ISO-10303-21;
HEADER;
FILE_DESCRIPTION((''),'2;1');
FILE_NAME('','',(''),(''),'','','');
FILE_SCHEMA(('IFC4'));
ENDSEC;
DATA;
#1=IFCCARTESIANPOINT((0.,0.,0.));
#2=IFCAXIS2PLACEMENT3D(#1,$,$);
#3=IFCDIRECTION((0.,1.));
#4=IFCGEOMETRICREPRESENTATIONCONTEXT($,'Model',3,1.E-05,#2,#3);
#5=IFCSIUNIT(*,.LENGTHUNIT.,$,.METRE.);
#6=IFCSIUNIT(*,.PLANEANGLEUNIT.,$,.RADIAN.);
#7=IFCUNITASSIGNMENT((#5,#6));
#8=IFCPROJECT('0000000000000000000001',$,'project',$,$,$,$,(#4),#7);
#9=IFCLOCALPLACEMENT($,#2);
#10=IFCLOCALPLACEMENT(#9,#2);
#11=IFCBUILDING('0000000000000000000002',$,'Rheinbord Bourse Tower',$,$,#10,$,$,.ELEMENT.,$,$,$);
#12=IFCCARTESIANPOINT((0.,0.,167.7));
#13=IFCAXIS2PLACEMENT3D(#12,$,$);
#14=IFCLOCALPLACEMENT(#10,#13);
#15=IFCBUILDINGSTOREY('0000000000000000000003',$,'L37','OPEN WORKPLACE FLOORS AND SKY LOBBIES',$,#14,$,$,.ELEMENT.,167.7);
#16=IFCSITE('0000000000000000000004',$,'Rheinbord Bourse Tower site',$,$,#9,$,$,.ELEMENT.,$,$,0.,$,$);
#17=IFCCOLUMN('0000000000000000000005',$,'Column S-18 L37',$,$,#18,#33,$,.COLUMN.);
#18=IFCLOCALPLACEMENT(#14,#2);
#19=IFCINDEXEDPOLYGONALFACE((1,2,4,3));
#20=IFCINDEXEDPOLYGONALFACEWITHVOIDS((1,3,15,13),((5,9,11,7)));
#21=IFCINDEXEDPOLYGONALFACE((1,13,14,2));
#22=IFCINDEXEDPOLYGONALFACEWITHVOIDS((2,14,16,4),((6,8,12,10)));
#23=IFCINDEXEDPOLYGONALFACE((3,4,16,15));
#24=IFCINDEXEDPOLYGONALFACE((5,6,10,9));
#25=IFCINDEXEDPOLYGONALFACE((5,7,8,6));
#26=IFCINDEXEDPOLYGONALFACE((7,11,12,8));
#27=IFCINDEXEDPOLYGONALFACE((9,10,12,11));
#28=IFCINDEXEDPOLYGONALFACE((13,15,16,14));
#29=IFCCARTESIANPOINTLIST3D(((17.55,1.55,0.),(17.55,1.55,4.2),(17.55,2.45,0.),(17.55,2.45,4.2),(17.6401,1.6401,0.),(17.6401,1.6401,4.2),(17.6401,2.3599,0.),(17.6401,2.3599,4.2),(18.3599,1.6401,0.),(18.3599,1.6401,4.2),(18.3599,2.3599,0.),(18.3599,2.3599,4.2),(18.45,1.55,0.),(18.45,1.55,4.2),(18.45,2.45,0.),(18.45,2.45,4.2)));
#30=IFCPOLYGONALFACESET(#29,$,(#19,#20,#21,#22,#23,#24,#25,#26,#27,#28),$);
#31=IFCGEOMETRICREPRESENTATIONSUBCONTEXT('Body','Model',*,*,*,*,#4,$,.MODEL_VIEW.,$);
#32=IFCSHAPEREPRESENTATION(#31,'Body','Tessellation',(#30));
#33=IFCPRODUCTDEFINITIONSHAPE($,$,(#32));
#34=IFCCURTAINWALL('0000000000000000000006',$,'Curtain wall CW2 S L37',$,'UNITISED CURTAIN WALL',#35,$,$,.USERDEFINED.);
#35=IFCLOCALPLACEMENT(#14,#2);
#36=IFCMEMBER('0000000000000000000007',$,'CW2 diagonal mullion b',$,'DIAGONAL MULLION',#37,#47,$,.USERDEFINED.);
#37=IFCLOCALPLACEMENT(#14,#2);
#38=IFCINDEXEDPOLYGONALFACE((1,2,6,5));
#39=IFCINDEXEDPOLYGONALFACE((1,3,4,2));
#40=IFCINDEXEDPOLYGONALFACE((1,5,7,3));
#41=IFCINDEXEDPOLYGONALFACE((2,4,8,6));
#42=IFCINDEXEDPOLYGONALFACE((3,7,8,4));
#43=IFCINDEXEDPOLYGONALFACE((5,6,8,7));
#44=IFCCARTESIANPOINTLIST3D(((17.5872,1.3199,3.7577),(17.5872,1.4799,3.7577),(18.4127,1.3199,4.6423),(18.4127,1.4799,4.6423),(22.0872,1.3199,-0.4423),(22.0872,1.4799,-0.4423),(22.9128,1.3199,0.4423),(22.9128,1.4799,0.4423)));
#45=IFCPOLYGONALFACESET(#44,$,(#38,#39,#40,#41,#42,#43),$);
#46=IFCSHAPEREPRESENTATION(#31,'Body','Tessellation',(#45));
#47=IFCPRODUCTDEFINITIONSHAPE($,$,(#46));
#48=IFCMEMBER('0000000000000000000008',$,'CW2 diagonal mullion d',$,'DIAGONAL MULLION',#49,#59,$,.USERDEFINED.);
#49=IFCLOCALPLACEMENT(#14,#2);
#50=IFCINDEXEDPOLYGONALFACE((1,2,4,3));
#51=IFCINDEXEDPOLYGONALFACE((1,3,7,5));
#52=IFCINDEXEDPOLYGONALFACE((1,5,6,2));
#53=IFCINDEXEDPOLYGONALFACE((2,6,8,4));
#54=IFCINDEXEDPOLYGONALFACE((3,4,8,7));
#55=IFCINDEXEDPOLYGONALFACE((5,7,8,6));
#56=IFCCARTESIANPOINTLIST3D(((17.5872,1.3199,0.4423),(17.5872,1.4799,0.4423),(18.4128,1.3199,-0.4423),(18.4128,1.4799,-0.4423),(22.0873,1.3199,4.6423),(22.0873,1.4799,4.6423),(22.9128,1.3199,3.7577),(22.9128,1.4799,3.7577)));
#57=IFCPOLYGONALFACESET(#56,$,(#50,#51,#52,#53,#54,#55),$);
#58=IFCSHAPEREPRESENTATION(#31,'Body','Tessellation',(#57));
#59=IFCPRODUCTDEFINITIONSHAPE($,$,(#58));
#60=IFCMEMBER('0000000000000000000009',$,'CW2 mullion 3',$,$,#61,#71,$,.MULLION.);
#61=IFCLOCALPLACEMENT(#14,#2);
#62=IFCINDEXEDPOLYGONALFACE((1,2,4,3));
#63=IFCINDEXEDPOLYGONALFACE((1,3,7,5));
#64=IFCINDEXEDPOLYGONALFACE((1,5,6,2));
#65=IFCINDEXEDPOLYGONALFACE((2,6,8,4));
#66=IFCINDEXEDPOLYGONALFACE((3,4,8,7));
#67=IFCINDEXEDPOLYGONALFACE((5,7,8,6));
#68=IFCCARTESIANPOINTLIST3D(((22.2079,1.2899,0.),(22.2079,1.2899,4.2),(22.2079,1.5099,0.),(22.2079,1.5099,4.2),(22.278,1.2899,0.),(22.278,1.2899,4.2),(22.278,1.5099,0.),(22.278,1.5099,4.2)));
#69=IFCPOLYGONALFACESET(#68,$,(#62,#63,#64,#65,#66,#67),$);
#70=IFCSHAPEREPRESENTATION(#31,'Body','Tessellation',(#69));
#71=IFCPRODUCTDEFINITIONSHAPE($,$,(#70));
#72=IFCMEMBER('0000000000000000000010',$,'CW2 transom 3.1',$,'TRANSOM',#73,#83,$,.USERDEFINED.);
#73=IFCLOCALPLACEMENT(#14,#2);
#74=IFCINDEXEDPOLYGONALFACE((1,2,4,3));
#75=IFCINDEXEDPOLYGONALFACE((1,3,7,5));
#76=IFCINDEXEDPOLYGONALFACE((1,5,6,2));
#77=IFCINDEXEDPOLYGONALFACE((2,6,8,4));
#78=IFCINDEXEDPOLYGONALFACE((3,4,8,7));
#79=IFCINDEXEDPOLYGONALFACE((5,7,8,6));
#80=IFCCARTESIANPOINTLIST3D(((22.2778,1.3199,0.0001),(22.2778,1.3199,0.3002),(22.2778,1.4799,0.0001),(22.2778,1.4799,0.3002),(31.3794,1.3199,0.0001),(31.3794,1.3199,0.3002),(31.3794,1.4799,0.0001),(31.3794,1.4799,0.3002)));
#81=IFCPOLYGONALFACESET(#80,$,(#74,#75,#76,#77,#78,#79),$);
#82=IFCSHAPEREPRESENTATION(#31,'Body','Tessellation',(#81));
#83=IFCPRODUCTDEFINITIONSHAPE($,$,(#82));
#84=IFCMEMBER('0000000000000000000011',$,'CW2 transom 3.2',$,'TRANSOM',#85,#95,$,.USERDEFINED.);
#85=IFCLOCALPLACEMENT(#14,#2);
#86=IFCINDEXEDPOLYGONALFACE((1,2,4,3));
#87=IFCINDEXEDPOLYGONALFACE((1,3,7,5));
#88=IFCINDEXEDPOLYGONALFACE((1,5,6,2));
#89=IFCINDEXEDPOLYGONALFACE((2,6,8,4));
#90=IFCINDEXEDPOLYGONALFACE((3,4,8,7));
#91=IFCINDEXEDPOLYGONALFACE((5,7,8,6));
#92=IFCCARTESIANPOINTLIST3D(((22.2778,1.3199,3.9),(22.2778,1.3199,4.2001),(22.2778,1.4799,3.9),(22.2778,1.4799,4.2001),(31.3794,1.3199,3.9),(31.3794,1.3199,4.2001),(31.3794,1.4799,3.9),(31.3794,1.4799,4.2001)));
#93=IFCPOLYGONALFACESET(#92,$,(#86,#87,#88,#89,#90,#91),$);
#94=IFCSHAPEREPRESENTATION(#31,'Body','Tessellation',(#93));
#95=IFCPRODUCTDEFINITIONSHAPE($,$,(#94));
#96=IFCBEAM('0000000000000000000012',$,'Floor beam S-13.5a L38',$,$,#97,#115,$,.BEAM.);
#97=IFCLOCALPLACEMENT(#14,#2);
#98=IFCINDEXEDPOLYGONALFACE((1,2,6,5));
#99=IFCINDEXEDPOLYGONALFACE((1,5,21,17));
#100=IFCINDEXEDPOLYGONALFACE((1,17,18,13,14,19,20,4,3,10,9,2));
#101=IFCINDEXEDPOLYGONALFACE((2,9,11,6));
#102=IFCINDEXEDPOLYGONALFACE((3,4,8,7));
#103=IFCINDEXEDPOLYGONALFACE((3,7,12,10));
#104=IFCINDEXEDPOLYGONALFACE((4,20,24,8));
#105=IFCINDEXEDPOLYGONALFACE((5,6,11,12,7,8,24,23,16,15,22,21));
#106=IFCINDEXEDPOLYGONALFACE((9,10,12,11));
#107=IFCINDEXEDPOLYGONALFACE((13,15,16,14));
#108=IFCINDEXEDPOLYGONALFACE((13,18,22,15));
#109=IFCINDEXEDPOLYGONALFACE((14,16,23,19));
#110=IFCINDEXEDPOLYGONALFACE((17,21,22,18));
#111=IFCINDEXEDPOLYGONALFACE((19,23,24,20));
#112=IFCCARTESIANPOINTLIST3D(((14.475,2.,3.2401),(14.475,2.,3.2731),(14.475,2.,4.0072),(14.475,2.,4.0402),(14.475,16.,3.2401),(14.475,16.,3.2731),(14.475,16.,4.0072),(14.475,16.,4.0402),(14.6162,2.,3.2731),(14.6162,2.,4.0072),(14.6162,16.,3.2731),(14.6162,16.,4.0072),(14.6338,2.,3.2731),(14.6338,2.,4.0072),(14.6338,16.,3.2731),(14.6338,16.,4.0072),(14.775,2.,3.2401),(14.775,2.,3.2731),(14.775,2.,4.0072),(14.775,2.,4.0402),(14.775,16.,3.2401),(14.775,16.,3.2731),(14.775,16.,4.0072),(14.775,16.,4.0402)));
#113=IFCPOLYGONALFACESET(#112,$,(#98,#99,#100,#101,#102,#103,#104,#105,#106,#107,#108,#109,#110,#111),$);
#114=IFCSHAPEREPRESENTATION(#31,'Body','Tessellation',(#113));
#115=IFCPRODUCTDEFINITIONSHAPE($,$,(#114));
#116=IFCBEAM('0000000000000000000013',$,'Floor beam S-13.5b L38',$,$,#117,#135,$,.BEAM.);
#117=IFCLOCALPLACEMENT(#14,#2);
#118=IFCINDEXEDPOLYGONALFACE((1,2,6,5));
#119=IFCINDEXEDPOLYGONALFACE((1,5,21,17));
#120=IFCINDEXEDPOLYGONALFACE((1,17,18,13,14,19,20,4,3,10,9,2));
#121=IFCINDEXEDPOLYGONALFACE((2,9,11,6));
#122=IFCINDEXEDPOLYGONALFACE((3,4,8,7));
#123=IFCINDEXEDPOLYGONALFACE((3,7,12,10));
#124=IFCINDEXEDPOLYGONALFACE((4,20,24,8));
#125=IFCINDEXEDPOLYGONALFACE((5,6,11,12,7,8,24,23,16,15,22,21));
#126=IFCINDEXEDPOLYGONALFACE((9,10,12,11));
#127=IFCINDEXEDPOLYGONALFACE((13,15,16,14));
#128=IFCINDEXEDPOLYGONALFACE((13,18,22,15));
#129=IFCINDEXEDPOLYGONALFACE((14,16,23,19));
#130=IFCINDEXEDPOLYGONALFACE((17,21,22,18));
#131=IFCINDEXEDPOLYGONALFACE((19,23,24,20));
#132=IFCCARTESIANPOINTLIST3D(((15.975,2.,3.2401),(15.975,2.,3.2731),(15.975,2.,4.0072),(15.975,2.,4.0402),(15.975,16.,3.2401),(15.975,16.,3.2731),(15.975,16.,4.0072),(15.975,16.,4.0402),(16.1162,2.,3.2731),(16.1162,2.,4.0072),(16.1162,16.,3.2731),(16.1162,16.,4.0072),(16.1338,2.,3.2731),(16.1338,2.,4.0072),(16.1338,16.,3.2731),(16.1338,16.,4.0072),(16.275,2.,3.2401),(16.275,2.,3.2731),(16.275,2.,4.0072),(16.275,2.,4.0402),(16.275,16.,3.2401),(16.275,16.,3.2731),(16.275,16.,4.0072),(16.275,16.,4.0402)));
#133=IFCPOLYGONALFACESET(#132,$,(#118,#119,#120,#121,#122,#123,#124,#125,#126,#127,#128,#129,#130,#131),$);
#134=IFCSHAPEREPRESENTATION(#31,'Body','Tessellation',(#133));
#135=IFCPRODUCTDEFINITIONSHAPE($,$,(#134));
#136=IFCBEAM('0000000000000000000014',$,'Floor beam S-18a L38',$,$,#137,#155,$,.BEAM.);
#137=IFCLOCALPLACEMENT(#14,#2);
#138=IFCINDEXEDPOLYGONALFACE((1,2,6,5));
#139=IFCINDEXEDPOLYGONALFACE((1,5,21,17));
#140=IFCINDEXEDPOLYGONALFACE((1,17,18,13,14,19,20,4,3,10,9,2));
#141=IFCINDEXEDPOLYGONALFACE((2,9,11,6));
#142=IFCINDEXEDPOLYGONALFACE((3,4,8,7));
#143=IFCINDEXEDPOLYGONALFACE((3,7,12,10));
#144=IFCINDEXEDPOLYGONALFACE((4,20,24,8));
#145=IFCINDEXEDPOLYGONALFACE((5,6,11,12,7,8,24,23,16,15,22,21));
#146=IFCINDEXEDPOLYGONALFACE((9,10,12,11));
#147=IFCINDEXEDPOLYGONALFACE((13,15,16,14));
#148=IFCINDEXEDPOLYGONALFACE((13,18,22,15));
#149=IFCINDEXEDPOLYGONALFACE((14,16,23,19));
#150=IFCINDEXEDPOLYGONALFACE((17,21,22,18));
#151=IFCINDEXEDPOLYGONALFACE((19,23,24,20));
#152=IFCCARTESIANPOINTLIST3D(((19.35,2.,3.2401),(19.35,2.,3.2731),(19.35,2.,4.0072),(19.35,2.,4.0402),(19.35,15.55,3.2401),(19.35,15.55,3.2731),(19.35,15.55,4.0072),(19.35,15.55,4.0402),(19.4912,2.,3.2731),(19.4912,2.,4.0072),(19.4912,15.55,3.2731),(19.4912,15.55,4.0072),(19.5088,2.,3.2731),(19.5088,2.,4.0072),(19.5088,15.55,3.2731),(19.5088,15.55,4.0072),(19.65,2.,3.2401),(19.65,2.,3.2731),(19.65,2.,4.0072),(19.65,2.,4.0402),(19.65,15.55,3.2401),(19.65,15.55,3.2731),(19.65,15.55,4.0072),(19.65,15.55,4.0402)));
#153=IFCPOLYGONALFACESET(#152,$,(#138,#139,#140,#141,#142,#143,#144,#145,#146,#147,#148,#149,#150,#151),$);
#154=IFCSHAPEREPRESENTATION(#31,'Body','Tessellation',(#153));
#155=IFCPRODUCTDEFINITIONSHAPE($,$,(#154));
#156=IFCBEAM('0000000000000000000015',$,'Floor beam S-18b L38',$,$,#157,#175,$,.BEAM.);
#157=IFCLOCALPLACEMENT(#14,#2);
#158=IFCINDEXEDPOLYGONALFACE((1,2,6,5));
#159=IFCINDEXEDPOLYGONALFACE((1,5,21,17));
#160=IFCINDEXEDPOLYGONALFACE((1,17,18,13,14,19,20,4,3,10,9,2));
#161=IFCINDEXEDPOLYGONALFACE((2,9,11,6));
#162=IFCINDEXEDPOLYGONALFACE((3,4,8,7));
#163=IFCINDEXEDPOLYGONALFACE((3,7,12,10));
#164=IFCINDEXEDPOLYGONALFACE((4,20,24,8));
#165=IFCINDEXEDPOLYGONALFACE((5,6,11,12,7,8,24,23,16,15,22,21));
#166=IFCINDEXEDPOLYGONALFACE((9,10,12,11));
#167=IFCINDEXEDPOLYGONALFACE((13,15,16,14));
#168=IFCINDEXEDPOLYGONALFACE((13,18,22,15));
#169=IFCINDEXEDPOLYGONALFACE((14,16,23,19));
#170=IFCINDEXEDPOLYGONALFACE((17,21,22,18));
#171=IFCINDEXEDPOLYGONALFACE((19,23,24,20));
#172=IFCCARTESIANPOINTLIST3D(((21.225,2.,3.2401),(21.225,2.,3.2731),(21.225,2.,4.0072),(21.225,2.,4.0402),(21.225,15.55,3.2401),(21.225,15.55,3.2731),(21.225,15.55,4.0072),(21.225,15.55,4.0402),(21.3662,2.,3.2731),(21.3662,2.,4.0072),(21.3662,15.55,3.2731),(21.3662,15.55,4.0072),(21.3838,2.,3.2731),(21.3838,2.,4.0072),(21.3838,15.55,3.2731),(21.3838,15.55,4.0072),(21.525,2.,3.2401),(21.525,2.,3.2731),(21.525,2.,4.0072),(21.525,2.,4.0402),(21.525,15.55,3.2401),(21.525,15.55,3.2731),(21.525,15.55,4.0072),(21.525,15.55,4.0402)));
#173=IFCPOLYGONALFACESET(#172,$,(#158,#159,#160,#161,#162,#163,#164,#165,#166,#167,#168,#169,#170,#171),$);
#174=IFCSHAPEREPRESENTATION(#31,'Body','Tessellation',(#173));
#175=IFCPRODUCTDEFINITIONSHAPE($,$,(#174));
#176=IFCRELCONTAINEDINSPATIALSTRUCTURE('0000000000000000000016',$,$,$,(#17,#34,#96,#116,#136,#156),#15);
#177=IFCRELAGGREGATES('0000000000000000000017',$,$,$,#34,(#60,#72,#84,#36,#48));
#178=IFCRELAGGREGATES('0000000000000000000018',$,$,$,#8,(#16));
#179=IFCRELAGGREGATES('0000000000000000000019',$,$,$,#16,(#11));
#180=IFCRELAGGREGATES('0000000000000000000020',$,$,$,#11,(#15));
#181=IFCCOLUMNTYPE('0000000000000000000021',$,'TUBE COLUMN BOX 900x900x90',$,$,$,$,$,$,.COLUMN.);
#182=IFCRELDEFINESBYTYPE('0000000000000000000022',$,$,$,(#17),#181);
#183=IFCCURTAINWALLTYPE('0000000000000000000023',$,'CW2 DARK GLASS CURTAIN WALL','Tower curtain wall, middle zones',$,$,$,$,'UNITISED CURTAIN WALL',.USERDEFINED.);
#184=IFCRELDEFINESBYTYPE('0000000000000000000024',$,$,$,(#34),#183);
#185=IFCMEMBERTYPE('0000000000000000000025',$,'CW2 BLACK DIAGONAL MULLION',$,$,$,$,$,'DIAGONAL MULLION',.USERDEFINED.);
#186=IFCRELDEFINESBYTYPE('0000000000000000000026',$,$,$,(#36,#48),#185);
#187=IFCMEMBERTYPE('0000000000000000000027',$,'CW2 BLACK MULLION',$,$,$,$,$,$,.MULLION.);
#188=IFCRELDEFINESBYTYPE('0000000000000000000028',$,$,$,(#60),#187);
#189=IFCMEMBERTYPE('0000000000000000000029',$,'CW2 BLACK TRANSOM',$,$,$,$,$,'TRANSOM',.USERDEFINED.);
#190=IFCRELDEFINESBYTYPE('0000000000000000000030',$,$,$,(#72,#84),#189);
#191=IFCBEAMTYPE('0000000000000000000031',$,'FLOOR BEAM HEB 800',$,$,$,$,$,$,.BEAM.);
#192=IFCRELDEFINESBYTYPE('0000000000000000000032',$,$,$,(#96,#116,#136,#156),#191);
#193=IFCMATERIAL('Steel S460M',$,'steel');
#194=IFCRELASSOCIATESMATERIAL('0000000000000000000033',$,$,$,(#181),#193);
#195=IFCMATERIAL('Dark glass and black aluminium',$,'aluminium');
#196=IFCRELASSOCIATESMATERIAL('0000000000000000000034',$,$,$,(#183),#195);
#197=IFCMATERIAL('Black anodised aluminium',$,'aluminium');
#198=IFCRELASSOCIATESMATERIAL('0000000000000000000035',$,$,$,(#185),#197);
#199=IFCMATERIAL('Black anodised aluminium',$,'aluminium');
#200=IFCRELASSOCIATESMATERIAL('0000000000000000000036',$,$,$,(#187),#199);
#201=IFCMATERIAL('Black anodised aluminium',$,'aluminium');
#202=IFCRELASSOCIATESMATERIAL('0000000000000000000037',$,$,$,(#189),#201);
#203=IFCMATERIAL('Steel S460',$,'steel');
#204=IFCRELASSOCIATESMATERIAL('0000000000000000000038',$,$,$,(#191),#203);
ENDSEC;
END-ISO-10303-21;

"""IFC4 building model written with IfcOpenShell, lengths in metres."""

from ifc_helpers import new_model, si_unit, direction, frame, origin, origin_2d, place, context, subcontext, project, spatial, rectangle, hollow_rectangle, i_section, extrude, material, material_profile, profile_set, type_object, element, aggregate, save


model = new_model("IFC4")

# Units and contexts
model_context = context("Model", 3, precision=1e-05, world=origin(), true_north=direction((0.0, 1.0)))
body_context = subcontext(model_context, "Body", "Model", "MODEL_VIEW")
ifc_project = project(units=[si_unit("LENGTHUNIT", "METRE"), si_unit("PLANEANGLEUNIT", "RADIAN")], contexts=[model_context])

# Site, building, storey
site_placement = place(None, origin())
site = spatial("IfcSite", under=ifc_project, at=site_placement, Name="Rheinbord Bourse Tower site", CompositionType="ELEMENT", RefElevation=0.0)
building_placement = place(site_placement, origin())
building = spatial("IfcBuilding", under=site, at=building_placement, Name="Rheinbord Bourse Tower", CompositionType="ELEMENT")
storey_placement = place(building_placement, frame((0.0, 0.0, 167.7)))
storey = spatial("IfcBuildingStorey", under=building, at=storey_placement, Name="L37", Description="OPEN WORKPLACE FLOORS AND SKY LOBBIES", CompositionType="ELEMENT", Elevation=167.7)

# Column
ifc_material_1 = material(Name="Steel S460M", Category="steel")
ifc_material_profile_1 = material_profile(ifc_material_1, hollow_rectangle(XDim=0.8999, YDim=0.8999, WallThickness=0.0901, at=origin_2d()), Name="BOX 900x900x90")
ifc_profile_set_1 = profile_set([ifc_material_profile_1], Name="Steel S460M")
column_type = type_object("IfcColumnType", Name="TUBE COLUMN BOX 900x900x90", PredefinedType="COLUMN", material=ifc_profile_set_1)
column_placement = place(storey_placement, frame((18.0, 2.0, 0.0), z_axis=(0.0, 0.0, 1.0), x_axis=(0.0, 1.0, 0.0)))
element("IfcColumn", 1, at=column_placement, inside=storey, type_object=column_type, Name="Column S-18 L37", PredefinedType="COLUMN", context=body_context, shape_type="SweptSolid", body=[
    extrude(hollow_rectangle(XDim=0.8999, YDim=0.8999, WallThickness=0.0901, at=origin_2d()), origin(), (0.0, 0.0, 1.0), 4.2),
])

# Curtain wall, members
ifc_material_2 = material(Name="Dark glass and black aluminium", Category="aluminium")
curtain_wall_type = type_object("IfcCurtainWallType", Name="CW2 DARK GLASS CURTAIN WALL", Description="Tower curtain wall, middle zones", ElementType="UNITISED CURTAIN WALL", PredefinedType="USERDEFINED", material=ifc_material_2)
curtain_wall_placement = place(storey_placement, origin())
curtain_wall = element("IfcCurtainWall", 2, at=curtain_wall_placement, inside=storey, type_object=curtain_wall_type, Name="Curtain wall CW2 S L37", ObjectType="UNITISED CURTAIN WALL", PredefinedType="USERDEFINED")
ifc_material_3 = material(Name="Black anodised aluminium", Category="aluminium")
ifc_material_profile_2 = material_profile(ifc_material_3, rectangle(XDim=0.1599, YDim=1.21, at=origin_2d()), Name="CW2 DIAGONAL MULLION 1210x160")
ifc_profile_set_2 = profile_set([ifc_material_profile_2], Name="Black anodised aluminium")
member_type_1 = type_object("IfcMemberType", Name="CW2 BLACK DIAGONAL MULLION", ElementType="DIAGONAL MULLION", PredefinedType="USERDEFINED", material=ifc_profile_set_2)
member_1_placement = place(storey_placement, frame((22.5, 1.3999, 0.0), z_axis=(-0.731059, 0.0, 0.682314), x_axis=(0.0, -1.0, 0.0)))
member_1 = element("IfcMember", 3, at=member_1_placement, type_object=member_type_1, Name="CW2 diagonal mullion b", ObjectType="DIAGONAL MULLION", PredefinedType="USERDEFINED", context=body_context, shape_type="SweptSolid", body=[
    extrude(rectangle(XDim=0.1599, YDim=1.21, at=origin_2d()), origin(), (0.0, 0.0, 1.0), 6.1555),
])
member_2_placement = place(storey_placement, frame((18.0, 1.3999, 0.0), z_axis=(0.731059, 0.0, 0.682314), x_axis=(0.0, 1.0, 0.0)))
member_2 = element("IfcMember", 4, at=member_2_placement, type_object=member_type_1, Name="CW2 diagonal mullion d", ObjectType="DIAGONAL MULLION", PredefinedType="USERDEFINED", context=body_context, shape_type="SweptSolid", body=[
    extrude(rectangle(XDim=0.1599, YDim=1.21, at=origin_2d()), origin(), (0.0, 0.0, 1.0), 6.1555),
])
ifc_material_4 = material(Name="Black anodised aluminium", Category="aluminium")
ifc_material_profile_3 = material_profile(ifc_material_4, rectangle(XDim=0.22, YDim=0.0701, at=origin_2d()), Name="CW2 MULLION 70x220")
ifc_profile_set_3 = profile_set([ifc_material_profile_3], Name="Black anodised aluminium")
member_type_2 = type_object("IfcMemberType", Name="CW2 BLACK MULLION", PredefinedType="MULLION", material=ifc_profile_set_3)
member_3_placement = place(storey_placement, frame((22.2429, 1.3999, 0.0), z_axis=(0.0, 0.0, 1.0), x_axis=(0.0, 1.0, 0.0)))
member_3 = element("IfcMember", 5, at=member_3_placement, type_object=member_type_2, Name="CW2 mullion 3", PredefinedType="MULLION", context=body_context, shape_type="SweptSolid", body=[
    extrude(rectangle(XDim=0.22, YDim=0.0701, at=origin_2d()), origin(), (0.0, 0.0, 1.0), 4.2),
])
ifc_material_5 = material(Name="Black anodised aluminium", Category="aluminium")
ifc_material_profile_4 = material_profile(ifc_material_5, rectangle(XDim=0.1599, YDim=0.3, at=origin_2d()), Name="CW2 TRANSOM 300x160")
ifc_profile_set_4 = profile_set([ifc_material_profile_4], Name="Black anodised aluminium")
member_type_3 = type_object("IfcMemberType", Name="CW2 BLACK TRANSOM", ElementType="TRANSOM", PredefinedType="USERDEFINED", material=ifc_profile_set_4)
member_4_placement = place(storey_placement, frame((22.2778, 1.3999, 0.1501), z_axis=(1.0, 0.0, 0.0), x_axis=(0.0, 1.0, 0.0)))
member_4 = element("IfcMember", 6, at=member_4_placement, type_object=member_type_3, Name="CW2 transom 3.1", ObjectType="TRANSOM", PredefinedType="USERDEFINED", context=body_context, shape_type="SweptSolid", body=[
    extrude(rectangle(XDim=0.1599, YDim=0.3, at=origin_2d()), origin(), (0.0, 0.0, 1.0), 9.1016),
])
member_5_placement = place(storey_placement, frame((22.2778, 1.3999, 4.05), z_axis=(1.0, 0.0, 0.0), x_axis=(0.0, 1.0, 0.0)))
member_5 = element("IfcMember", 7, at=member_5_placement, type_object=member_type_3, Name="CW2 transom 3.2", ObjectType="TRANSOM", PredefinedType="USERDEFINED", context=body_context, shape_type="SweptSolid", body=[
    extrude(rectangle(XDim=0.1599, YDim=0.3, at=origin_2d()), origin(), (0.0, 0.0, 1.0), 9.1016),
])

# Beams
ifc_material_6 = material(Name="Steel S460", Category="steel")
ifc_material_profile_5 = material_profile(ifc_material_6, i_section(OverallWidth=0.3, OverallDepth=0.8, WebThickness=0.0176, FlangeThickness=0.033, at=origin_2d()), Name="HEB 800")
ifc_profile_set_5 = profile_set([ifc_material_profile_5], Name="Steel S460")
beam_type_1 = type_object("IfcBeamType", Name="FLOOR BEAM HEB 800", PredefinedType="BEAM", material=ifc_profile_set_5)
for number, where, z_axis, x_axis, name in (
    (8, (14.625, 2.0, 3.6401), (0.0, 1.0, 0.0), (-1.0, 0.0, 0.0), "Floor beam S-13.5a L38"),
    (9, (16.125, 2.0, 3.6401), (0.0, 1.0, 0.0), (-1.0, 0.0, 0.0), "Floor beam S-13.5b L38"),
):
    element("IfcBeam", number, at=place(storey_placement, frame(where, z_axis=z_axis, x_axis=x_axis)), inside=storey, type_object=beam_type_1, Name=name, PredefinedType="BEAM", context=body_context, shape_type="SweptSolid", body=[
        extrude(i_section(OverallWidth=0.3, OverallDepth=0.8, WebThickness=0.0176, FlangeThickness=0.033, at=origin_2d()), origin(), (0.0, 0.0, 1.0), 14.0),
    ])
for number, where, z_axis, x_axis, name in (
    (10, (19.5, 2.0, 3.6401), (0.0, 1.0, 0.0), (-1.0, 0.0, 0.0), "Floor beam S-18a L38"),
    (11, (21.375, 2.0, 3.6401), (0.0, 1.0, 0.0), (-1.0, 0.0, 0.0), "Floor beam S-18b L38"),
):
    element("IfcBeam", number, at=place(storey_placement, frame(where, z_axis=z_axis, x_axis=x_axis)), inside=storey, type_object=beam_type_1, Name=name, PredefinedType="BEAM", context=body_context, shape_type="SweptSolid", body=[
        extrude(i_section(OverallWidth=0.3, OverallDepth=0.8, WebThickness=0.0176, FlangeThickness=0.033, at=origin_2d()), origin(), (0.0, 0.0, 1.0), 13.55),
    ])

aggregate(curtain_wall, [member_3, member_4, member_5, member_1, member_2])

save(model, "model.ifc")
